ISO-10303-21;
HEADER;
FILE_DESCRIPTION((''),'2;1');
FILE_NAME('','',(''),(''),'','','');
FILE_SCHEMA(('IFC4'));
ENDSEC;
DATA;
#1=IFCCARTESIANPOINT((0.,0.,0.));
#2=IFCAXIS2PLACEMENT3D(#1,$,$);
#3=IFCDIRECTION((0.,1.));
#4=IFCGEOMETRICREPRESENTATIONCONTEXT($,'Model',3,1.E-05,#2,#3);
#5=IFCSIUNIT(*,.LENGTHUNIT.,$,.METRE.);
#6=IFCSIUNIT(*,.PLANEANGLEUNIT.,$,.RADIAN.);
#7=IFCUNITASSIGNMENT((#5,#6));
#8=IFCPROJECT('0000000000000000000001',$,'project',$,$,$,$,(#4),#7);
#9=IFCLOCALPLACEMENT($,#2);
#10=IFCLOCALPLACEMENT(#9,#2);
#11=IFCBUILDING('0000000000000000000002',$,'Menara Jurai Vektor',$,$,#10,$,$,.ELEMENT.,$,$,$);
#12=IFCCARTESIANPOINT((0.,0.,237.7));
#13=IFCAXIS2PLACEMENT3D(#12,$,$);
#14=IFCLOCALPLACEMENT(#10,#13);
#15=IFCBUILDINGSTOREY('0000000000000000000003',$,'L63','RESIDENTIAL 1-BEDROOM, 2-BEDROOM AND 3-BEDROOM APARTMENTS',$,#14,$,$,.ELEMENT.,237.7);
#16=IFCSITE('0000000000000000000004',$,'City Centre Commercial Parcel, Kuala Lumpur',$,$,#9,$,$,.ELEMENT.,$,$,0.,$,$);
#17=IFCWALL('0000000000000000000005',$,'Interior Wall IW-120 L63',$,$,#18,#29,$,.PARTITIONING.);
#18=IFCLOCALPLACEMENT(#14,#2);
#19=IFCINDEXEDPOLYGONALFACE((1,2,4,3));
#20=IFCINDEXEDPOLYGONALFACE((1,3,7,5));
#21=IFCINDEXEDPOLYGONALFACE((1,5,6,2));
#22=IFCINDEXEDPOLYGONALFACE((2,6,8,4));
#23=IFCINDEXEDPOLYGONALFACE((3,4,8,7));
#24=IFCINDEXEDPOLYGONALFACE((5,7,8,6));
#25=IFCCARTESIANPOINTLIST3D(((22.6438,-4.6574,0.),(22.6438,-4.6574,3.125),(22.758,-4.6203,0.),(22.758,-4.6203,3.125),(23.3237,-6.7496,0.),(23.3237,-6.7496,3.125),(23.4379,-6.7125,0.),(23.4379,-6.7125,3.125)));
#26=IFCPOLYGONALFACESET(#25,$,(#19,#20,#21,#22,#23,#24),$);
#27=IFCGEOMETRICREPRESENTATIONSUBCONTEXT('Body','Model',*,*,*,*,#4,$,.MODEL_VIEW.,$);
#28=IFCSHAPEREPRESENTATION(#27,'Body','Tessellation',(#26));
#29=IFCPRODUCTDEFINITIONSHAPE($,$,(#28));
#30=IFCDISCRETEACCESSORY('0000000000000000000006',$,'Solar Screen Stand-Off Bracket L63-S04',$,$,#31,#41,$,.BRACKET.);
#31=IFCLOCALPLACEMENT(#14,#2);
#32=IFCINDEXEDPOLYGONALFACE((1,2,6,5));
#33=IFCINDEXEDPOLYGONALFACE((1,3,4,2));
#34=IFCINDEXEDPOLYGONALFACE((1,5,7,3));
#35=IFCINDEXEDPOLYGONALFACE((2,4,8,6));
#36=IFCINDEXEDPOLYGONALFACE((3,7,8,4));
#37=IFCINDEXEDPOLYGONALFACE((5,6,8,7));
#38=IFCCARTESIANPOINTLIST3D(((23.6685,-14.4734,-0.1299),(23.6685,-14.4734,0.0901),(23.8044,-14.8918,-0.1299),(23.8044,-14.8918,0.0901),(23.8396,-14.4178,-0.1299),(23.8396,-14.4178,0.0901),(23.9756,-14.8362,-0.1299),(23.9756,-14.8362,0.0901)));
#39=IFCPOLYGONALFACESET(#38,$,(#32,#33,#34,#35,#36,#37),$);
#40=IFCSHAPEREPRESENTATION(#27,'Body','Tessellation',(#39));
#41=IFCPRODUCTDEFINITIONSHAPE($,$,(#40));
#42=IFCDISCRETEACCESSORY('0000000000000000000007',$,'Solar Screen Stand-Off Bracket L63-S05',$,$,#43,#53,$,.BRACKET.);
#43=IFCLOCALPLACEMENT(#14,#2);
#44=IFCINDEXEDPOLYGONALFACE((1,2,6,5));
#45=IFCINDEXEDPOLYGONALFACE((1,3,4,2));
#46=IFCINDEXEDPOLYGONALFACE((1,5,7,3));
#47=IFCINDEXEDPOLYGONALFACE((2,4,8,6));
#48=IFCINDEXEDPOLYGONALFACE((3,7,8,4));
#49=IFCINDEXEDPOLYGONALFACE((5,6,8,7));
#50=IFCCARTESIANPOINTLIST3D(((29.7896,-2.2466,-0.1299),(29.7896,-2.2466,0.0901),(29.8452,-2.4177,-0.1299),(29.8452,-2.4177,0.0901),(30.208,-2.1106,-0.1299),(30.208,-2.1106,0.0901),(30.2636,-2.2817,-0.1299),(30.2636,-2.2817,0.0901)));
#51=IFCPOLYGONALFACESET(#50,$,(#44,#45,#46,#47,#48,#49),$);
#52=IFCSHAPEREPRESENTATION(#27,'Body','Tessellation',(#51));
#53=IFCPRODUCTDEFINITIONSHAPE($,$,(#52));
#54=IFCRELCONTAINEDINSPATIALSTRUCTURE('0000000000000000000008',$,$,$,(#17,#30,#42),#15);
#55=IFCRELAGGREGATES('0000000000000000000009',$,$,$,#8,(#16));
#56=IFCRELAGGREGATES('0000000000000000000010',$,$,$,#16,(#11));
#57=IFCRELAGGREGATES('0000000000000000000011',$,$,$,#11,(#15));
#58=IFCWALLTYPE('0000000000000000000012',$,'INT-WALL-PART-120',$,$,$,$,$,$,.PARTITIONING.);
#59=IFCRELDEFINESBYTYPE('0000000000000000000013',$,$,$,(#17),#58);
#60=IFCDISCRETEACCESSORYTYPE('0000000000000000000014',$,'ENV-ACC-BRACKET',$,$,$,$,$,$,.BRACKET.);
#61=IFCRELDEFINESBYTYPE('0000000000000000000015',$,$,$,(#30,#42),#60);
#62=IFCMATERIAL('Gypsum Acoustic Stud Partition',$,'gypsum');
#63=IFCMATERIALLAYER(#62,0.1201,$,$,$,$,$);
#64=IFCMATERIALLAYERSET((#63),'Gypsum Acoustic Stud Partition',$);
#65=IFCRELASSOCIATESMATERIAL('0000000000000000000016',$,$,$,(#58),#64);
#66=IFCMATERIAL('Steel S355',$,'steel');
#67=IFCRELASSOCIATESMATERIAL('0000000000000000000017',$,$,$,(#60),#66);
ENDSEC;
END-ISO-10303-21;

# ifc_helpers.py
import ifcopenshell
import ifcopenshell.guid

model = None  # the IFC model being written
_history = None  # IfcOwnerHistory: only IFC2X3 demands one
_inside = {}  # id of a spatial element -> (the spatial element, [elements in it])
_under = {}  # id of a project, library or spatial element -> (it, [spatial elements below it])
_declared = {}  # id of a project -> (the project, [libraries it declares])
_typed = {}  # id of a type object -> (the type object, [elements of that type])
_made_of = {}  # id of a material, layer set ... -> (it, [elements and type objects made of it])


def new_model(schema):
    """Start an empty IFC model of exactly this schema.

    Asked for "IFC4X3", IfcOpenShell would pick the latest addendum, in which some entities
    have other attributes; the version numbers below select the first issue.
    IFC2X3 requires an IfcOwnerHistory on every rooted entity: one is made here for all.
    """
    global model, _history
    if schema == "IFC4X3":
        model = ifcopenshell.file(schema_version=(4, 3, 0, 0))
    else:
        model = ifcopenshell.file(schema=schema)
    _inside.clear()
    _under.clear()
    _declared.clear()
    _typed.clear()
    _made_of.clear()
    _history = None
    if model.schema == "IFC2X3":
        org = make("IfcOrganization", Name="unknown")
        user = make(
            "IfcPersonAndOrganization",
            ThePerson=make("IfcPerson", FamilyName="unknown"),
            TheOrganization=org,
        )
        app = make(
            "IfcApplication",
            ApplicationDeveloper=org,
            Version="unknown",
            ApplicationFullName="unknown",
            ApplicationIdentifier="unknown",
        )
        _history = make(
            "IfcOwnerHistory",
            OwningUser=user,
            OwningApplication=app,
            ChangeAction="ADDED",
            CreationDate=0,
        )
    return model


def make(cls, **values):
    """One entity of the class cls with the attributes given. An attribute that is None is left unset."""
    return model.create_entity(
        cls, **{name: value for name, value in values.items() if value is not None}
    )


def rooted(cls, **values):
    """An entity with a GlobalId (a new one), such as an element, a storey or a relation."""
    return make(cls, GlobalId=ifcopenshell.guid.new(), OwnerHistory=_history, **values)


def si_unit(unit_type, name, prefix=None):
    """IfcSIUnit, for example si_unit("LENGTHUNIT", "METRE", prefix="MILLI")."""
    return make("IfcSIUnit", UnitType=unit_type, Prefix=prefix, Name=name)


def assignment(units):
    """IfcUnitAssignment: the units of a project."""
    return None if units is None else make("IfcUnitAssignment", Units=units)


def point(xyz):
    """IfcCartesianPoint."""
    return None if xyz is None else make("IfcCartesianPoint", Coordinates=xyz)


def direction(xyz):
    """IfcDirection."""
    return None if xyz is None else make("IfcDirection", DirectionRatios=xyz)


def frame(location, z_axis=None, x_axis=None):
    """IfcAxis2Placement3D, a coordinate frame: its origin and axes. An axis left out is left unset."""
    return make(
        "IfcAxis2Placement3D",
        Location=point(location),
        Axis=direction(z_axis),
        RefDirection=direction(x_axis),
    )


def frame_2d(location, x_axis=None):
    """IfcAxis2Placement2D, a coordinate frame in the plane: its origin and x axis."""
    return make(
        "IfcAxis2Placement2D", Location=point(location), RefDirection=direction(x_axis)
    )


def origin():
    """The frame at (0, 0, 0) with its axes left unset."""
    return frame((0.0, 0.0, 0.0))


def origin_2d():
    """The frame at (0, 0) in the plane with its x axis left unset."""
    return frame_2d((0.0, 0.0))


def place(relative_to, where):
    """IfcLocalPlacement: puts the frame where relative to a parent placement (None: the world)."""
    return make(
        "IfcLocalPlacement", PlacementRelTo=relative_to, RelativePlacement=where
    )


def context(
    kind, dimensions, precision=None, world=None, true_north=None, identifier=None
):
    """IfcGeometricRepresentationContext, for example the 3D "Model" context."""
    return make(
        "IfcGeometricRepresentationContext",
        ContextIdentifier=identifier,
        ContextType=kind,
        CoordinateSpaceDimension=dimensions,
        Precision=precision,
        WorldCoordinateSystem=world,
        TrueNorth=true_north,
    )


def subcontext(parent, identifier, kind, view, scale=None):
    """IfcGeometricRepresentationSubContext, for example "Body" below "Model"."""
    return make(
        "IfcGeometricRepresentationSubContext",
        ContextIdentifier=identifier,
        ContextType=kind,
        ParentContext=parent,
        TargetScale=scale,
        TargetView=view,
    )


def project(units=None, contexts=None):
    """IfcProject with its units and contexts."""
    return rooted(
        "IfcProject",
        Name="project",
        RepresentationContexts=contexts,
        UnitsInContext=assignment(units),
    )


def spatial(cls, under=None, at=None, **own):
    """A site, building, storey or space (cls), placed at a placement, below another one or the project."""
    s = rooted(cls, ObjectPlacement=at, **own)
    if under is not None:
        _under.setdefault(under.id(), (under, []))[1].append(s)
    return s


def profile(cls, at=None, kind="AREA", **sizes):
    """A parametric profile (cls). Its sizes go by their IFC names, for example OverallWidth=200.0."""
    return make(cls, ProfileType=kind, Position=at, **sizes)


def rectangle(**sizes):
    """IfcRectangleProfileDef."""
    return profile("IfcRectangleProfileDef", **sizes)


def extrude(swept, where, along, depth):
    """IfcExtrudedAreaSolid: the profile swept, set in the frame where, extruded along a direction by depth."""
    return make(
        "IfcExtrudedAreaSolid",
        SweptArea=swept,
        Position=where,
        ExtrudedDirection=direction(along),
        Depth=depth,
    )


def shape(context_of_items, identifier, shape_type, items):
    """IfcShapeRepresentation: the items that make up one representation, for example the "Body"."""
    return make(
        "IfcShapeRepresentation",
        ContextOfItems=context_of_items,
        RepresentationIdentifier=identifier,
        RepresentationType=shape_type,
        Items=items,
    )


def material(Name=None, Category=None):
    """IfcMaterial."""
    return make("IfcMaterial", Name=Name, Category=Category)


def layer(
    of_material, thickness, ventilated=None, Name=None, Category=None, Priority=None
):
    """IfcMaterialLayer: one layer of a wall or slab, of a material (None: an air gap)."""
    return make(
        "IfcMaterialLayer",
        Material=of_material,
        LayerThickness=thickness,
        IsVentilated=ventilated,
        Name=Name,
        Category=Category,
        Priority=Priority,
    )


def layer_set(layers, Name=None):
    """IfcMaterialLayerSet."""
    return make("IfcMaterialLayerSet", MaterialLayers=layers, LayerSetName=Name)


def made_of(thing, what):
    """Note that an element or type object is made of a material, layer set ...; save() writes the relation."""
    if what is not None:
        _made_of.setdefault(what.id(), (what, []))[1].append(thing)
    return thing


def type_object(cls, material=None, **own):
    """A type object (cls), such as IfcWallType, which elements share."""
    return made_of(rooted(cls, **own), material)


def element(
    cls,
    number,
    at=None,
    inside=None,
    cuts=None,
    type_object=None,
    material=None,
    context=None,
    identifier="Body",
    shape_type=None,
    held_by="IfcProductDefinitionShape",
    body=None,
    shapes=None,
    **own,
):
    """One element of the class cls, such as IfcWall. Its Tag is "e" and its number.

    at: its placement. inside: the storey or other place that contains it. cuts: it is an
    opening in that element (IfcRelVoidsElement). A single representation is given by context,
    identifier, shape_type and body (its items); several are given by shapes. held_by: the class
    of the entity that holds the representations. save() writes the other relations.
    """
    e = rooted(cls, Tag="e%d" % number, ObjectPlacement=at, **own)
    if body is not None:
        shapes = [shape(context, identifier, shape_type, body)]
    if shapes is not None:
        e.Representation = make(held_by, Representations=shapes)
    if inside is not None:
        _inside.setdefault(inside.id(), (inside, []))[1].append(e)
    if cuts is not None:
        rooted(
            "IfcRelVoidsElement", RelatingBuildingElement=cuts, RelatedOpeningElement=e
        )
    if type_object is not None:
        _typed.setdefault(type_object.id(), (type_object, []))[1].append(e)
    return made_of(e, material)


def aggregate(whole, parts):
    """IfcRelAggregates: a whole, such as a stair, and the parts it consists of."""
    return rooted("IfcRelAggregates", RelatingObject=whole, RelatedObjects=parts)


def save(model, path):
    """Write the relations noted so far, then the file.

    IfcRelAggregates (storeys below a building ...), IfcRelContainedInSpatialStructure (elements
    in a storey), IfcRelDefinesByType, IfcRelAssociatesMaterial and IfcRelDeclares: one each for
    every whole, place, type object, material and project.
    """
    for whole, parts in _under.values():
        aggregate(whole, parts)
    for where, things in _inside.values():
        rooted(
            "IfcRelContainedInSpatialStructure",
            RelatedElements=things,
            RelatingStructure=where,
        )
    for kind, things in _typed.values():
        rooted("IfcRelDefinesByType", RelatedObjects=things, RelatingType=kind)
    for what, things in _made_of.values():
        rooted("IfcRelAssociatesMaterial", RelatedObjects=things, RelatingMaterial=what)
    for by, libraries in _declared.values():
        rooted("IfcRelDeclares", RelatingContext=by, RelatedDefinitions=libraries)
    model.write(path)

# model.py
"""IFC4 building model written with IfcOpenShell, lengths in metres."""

from ifc_helpers import new_model, si_unit, direction, frame, frame_2d, origin, origin_2d, place, context, subcontext, project, spatial, rectangle, extrude, material, layer, layer_set, type_object, element, save


model = new_model("IFC4")

# Units and contexts
model_context = context("Model", 3, precision=1e-05, world=origin(), true_north=direction((0.0, 1.0)))
body_context = subcontext(model_context, "Body", "Model", "MODEL_VIEW")
ifc_project = project(units=[si_unit("LENGTHUNIT", "METRE"), si_unit("PLANEANGLEUNIT", "RADIAN")], contexts=[model_context])

# Site, building, storey
site_placement = place(None, origin())
site = spatial("IfcSite", under=ifc_project, at=site_placement, Name="City Centre Commercial Parcel, Kuala Lumpur", CompositionType="ELEMENT", RefElevation=0.0)
building_placement = place(site_placement, origin())
building = spatial("IfcBuilding", under=site, at=building_placement, Name="Menara Jurai Vektor", CompositionType="ELEMENT")
storey_placement = place(building_placement, frame((0.0, 0.0, 237.7)))
storey = spatial("IfcBuildingStorey", under=building, at=storey_placement, Name="L63", Description="RESIDENTIAL 1-BEDROOM, 2-BEDROOM AND 3-BEDROOM APARTMENTS", CompositionType="ELEMENT", Elevation=237.7)

# Shared definitions
ifc_material_1 = material(Name="Steel S355", Category="steel")

# Wall
ifc_material_2 = material(Name="Gypsum Acoustic Stud Partition", Category="gypsum")
ifc_layer_1 = layer(ifc_material_2, 0.1201)
ifc_layer_set_1 = layer_set([ifc_layer_1], Name="Gypsum Acoustic Stud Partition")
wall_type_1 = type_object("IfcWallType", Name="INT-WALL-PART-120", PredefinedType="PARTITIONING", material=ifc_layer_set_1)
wall_1_placement = place(storey_placement, frame((23.3809, -6.7312, 0.0), z_axis=(0.0, 0.0, 1.0), x_axis=(-0.309061, 0.951042, 0.0)))
element("IfcWall", 1, at=wall_1_placement, inside=storey, type_object=wall_type_1, Name="Interior Wall IW-120 L63", PredefinedType="PARTITIONING", context=body_context, shape_type="SweptSolid", body=[
    extrude(rectangle(XDim=2.2, YDim=0.1201, at=frame_2d((1.1001, 0.0))), origin(), (0.0, 0.0, 1.0), 3.125),
])

# Discrete accessories
discrete_accessory_type = type_object("IfcDiscreteAccessoryType", Name="ENV-ACC-BRACKET", PredefinedType="BRACKET", material=ifc_material_1)
for number, where, z_axis, x_axis, name in (
    (2, (23.822, -14.6548, -0.1299), (0.0, 0.0, 1.0), (0.951057, 0.309017, 0.0), "Solar Screen Stand-Off Bracket L63-S04"),
    (3, (30.0266, -2.2642, -0.1299), (0.0, 0.0, 1.0), (-0.309017, 0.951057, 0.0), "Solar Screen Stand-Off Bracket L63-S05"),
):
    element("IfcDiscreteAccessory", number, at=place(storey_placement, frame(where, z_axis=z_axis, x_axis=x_axis)), inside=storey, type_object=discrete_accessory_type, Name=name, PredefinedType="BRACKET", context=body_context, shape_type="SweptSolid", body=[
        extrude(rectangle(XDim=0.1799, YDim=0.4399, at=origin_2d()), origin(), (0.0, 0.0, 1.0), 0.22),
    ])

save(model, "model.ifc")
